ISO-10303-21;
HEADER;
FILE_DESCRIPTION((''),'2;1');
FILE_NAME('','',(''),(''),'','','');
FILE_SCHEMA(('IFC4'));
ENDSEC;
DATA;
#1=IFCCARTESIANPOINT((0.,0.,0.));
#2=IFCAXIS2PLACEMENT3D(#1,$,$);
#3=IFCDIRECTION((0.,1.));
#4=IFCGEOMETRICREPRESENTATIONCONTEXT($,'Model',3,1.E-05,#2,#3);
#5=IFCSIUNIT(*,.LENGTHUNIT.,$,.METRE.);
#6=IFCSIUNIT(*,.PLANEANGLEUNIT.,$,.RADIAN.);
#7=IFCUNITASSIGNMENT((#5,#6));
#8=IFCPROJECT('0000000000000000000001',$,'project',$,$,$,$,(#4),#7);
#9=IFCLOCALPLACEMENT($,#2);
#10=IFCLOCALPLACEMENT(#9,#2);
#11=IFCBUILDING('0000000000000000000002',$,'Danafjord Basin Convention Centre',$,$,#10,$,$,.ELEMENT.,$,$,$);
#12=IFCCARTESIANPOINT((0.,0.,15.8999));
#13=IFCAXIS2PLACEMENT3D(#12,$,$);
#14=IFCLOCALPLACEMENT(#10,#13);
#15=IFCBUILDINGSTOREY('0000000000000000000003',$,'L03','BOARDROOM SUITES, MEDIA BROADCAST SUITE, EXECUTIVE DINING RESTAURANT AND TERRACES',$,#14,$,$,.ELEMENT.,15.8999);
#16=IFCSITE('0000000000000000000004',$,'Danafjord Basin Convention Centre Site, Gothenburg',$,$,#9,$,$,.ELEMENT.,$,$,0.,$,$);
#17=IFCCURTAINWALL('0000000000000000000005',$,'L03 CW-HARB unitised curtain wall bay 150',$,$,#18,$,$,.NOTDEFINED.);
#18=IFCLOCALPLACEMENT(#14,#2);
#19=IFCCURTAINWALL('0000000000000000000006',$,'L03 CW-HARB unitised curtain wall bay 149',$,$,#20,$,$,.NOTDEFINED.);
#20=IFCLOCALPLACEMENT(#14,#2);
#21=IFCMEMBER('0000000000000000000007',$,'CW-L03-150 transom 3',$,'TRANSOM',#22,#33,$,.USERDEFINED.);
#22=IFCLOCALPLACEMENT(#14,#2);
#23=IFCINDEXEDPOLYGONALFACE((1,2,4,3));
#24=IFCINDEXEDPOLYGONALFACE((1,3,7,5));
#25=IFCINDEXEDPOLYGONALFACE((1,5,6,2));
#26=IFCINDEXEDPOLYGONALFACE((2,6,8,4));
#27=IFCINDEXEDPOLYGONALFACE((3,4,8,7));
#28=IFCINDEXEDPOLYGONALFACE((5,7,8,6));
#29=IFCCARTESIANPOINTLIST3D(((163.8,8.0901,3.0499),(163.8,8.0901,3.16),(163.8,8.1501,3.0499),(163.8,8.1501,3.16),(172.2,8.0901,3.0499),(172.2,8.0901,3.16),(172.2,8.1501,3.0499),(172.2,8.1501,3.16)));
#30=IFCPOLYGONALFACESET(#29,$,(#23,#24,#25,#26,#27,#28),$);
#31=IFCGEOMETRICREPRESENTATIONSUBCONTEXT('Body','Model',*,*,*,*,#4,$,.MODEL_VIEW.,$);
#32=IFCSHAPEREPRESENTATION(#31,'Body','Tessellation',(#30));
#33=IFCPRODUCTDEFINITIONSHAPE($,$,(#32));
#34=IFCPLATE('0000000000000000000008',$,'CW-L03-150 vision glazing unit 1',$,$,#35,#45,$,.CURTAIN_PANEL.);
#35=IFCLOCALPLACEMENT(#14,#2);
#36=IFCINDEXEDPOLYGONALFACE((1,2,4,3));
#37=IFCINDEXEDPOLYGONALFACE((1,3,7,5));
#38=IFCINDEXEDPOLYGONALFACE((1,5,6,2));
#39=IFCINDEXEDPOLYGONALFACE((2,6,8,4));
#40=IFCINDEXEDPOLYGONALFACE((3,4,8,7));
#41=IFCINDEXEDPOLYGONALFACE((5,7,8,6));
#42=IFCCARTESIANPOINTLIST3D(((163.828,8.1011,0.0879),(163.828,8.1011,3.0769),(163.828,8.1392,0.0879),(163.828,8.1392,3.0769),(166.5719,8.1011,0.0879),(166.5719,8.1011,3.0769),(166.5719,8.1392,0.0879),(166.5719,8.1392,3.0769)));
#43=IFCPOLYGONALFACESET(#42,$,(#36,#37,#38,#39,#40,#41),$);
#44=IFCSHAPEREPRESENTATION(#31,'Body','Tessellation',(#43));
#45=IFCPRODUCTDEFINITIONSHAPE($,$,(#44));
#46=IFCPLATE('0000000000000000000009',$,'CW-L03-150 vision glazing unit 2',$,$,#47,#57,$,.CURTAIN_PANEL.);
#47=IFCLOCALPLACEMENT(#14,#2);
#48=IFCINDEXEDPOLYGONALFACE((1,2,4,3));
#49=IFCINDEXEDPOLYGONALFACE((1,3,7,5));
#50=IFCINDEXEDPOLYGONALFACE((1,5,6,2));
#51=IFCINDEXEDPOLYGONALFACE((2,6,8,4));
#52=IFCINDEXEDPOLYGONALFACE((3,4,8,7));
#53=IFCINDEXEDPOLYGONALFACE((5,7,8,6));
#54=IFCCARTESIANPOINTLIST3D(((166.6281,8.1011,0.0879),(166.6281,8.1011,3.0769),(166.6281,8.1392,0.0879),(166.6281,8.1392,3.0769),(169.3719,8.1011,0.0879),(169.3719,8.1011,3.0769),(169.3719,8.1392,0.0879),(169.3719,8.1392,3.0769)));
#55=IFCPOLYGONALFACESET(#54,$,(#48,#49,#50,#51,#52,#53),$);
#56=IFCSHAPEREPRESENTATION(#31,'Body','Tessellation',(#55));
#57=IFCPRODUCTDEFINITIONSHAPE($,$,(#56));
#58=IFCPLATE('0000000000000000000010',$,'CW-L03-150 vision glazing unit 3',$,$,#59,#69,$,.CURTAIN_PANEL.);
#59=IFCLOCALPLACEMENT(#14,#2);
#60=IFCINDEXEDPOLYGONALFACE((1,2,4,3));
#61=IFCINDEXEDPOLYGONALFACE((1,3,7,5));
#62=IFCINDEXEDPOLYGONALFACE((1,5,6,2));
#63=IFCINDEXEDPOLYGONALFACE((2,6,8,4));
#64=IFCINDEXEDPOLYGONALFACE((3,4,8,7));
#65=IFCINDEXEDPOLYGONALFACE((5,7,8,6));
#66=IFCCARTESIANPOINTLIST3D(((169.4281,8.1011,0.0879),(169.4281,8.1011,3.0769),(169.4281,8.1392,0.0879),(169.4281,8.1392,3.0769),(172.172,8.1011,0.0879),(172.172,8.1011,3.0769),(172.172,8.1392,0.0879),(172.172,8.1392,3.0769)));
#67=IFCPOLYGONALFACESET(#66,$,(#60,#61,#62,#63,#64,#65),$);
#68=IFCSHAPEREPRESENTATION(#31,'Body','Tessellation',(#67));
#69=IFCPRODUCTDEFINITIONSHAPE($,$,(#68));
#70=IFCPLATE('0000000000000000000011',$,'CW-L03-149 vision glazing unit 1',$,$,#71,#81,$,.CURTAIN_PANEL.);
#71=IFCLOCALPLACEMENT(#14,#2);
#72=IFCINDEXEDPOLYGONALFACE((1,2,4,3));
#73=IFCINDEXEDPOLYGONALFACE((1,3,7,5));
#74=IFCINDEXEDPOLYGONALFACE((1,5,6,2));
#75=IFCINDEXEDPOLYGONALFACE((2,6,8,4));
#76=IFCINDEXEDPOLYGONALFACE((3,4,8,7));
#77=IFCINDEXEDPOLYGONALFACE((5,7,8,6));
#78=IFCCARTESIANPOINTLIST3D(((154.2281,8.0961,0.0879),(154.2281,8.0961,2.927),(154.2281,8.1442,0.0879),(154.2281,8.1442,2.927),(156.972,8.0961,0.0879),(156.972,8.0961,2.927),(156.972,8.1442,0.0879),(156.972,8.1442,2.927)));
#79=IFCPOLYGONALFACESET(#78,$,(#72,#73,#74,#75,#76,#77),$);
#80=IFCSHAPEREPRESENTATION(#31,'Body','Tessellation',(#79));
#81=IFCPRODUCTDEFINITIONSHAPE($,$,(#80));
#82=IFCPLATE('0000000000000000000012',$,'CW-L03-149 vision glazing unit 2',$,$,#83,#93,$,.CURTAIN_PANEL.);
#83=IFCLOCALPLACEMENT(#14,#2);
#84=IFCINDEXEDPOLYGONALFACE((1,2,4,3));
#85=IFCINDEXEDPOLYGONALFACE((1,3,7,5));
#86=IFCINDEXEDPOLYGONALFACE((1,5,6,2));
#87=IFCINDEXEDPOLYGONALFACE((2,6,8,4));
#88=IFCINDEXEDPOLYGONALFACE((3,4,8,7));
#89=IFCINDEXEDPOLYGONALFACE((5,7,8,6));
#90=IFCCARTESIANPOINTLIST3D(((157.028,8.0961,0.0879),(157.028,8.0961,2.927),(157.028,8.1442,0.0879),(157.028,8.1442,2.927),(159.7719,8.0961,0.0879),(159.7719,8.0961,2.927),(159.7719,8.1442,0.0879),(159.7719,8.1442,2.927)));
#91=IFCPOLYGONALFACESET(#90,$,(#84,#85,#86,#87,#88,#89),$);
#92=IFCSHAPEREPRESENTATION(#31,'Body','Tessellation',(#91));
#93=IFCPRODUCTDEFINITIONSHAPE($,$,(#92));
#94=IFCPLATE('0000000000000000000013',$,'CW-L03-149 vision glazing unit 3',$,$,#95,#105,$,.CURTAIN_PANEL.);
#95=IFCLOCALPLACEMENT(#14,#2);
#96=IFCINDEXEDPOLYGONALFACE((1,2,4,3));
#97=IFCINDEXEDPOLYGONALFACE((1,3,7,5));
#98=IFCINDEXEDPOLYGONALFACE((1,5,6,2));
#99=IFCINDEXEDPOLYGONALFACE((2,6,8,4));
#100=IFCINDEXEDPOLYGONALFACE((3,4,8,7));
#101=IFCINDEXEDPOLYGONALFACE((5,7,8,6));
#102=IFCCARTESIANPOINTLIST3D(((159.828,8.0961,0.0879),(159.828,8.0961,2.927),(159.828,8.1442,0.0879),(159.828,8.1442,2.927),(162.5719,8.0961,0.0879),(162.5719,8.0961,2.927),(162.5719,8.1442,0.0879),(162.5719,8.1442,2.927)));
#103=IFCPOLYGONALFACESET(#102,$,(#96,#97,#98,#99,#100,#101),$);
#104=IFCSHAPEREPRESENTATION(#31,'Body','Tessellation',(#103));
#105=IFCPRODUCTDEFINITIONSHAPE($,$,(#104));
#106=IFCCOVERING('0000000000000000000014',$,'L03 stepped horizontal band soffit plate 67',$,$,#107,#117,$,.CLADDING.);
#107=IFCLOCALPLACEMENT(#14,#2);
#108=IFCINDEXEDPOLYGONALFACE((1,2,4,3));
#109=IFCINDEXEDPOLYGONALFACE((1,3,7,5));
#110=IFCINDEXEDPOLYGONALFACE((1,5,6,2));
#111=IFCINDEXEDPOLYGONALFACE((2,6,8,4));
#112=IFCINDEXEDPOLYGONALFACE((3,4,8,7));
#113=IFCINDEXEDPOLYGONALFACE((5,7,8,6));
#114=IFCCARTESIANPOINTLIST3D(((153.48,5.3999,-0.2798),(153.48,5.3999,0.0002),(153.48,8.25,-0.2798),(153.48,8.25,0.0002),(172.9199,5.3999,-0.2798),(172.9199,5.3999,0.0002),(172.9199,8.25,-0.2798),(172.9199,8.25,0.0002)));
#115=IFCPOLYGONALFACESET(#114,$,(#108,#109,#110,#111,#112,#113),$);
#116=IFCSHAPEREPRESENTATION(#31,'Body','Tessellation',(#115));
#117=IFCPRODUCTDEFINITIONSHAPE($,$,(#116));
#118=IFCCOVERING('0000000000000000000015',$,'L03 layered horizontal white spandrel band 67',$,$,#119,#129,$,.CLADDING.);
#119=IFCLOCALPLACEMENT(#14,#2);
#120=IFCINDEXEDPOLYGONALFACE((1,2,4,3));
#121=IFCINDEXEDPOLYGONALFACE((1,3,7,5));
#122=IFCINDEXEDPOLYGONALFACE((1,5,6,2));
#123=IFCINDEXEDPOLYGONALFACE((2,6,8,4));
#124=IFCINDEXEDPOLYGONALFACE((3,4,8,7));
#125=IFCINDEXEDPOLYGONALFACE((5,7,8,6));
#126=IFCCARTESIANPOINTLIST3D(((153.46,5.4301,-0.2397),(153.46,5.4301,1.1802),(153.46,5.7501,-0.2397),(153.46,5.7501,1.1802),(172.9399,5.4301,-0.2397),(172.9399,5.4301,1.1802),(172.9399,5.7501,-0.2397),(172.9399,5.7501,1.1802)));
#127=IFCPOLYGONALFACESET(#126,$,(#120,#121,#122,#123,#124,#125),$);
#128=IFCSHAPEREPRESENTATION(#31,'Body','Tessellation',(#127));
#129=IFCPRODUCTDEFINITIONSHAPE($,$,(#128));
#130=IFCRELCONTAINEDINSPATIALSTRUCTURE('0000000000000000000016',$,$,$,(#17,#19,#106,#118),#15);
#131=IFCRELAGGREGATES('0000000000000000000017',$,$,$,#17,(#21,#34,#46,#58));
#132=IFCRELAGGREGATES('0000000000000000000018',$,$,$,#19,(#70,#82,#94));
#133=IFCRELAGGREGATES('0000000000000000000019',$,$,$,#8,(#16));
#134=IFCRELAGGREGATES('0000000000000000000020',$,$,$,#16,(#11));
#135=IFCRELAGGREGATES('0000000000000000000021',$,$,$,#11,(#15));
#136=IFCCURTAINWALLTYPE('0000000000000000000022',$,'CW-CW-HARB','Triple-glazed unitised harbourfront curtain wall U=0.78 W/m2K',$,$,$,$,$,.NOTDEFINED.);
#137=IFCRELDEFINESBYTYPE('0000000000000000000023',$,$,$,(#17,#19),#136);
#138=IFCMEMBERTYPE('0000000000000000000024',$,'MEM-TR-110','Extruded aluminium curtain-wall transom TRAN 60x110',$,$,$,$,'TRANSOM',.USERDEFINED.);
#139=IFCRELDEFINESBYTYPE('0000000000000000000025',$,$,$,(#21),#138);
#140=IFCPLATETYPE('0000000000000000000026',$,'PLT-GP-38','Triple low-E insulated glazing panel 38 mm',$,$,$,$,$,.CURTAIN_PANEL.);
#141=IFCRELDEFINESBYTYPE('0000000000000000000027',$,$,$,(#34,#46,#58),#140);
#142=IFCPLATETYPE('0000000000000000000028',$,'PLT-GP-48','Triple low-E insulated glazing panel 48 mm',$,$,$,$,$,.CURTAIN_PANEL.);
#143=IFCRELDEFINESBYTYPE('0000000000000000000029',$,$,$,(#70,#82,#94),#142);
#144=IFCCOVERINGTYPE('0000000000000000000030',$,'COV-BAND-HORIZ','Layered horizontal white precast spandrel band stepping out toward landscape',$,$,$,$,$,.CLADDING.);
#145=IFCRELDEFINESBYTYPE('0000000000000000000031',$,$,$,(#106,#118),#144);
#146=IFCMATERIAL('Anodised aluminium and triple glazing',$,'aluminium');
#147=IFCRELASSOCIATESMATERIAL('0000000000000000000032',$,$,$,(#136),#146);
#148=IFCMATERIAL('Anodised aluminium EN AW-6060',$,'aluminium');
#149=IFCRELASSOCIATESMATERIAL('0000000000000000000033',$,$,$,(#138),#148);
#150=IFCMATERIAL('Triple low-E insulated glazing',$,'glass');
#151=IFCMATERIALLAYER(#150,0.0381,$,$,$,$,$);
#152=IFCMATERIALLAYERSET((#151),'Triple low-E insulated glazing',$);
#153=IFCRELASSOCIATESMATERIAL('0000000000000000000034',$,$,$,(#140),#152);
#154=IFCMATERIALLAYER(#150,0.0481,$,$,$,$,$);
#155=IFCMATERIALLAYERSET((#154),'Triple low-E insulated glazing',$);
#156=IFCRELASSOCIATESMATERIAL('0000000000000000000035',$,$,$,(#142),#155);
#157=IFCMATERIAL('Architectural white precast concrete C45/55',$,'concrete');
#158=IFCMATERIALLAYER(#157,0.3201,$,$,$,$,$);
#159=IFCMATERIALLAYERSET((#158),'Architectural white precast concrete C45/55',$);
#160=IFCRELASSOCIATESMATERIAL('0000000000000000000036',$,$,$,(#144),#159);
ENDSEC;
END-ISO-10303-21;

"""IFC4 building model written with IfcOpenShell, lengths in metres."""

from ifc_helpers import new_model, si_unit, direction, frame, origin, origin_2d, place, context, subcontext, project, spatial, rectangle, extrude, material, layer, layer_set, material_profile, profile_set, type_object, element, aggregate, save


model = new_model("IFC4")

# Units and contexts
model_context = context("Model", 3, precision=1e-05, world=origin(), true_north=direction((0.0, 1.0)))
body_context = subcontext(model_context, "Body", "Model", "MODEL_VIEW")
ifc_project = project(units=[si_unit("LENGTHUNIT", "METRE"), si_unit("PLANEANGLEUNIT", "RADIAN")], contexts=[model_context])

# Site, building, storey
site_placement = place(None, origin())
site = spatial("IfcSite", under=ifc_project, at=site_placement, Name="Danafjord Basin Convention Centre Site, Gothenburg", CompositionType="ELEMENT", RefElevation=0.0)
building_placement = place(site_placement, origin())
building = spatial("IfcBuilding", under=site, at=building_placement, Name="Danafjord Basin Convention Centre", CompositionType="ELEMENT")
storey_placement = place(building_placement, frame((0.0, 0.0, 15.8999)))
storey = spatial("IfcBuildingStorey", under=building, at=storey_placement, Name="L03", Description="BOARDROOM SUITES, MEDIA BROADCAST SUITE, EXECUTIVE DINING RESTAURANT AND TERRACES", CompositionType="ELEMENT", Elevation=15.8999)

# Curtain walls
ifc_material_1 = material(Name="Anodised aluminium and triple glazing", Category="aluminium")
curtain_wall_type = type_object("IfcCurtainWallType", Name="CW-CW-HARB", Description="Triple-glazed unitised harbourfront curtain wall U=0.78 W/m2K", PredefinedType="NOTDEFINED", material=ifc_material_1)
curtain_wall_1_placement = place(storey_placement, origin())
curtain_wall_1 = element("IfcCurtainWall", 1, at=curtain_wall_1_placement, inside=storey, type_object=curtain_wall_type, Name="L03 CW-HARB unitised curtain wall bay 150", PredefinedType="NOTDEFINED")
ifc_material_2 = material(Name="Anodised aluminium EN AW-6060", Category="aluminium")
curtain_wall_2_placement = place(storey_placement, origin())
curtain_wall_2 = element("IfcCurtainWall", 2, at=curtain_wall_2_placement, inside=storey, type_object=curtain_wall_type, Name="L03 CW-HARB unitised curtain wall bay 149", PredefinedType="NOTDEFINED")

# Member
ifc_material_profile_1 = material_profile(ifc_material_2, rectangle(XDim=0.0601, YDim=0.1101, at=origin_2d()), Name="TRAN 60x110")
ifc_profile_set_1 = profile_set([ifc_material_profile_1], Name="Anodised aluminium EN AW-6060")
member_type_1 = type_object("IfcMemberType", Name="MEM-TR-110", Description="Extruded aluminium curtain-wall transom TRAN 60x110", ElementType="TRANSOM", PredefinedType="USERDEFINED", material=ifc_profile_set_1)
member_1_placement = place(storey_placement, frame((163.8, 8.1201, 3.105), z_axis=(1.0, 0.0, 0.0), x_axis=(0.0, 1.0, 0.0)))
member_1 = element("IfcMember", 3, at=member_1_placement, type_object=member_type_1, Name="CW-L03-150 transom 3", ObjectType="TRANSOM", PredefinedType="USERDEFINED", context=body_context, shape_type="SweptSolid", body=[
    extrude(rectangle(XDim=0.0601, YDim=0.1101, at=origin_2d()), origin(), (0.0, 0.0, 1.0), 8.3999),
])

# Plates
ifc_material_3 = material(Name="Triple low-E insulated glazing", Category="glass")
ifc_layer_1 = layer(ifc_material_3, 0.0381)
ifc_layer_set_1 = layer_set([ifc_layer_1], Name="Triple low-E insulated glazing")
plate_type_1 = type_object("IfcPlateType", Name="PLT-GP-38", Description="Triple low-E insulated glazing panel 38 mm", PredefinedType="CURTAIN_PANEL", material=ifc_layer_set_1)
plate_1_placement = place(storey_placement, frame((165.2, 8.1201, 0.0879), z_axis=(0.0, 0.0, 1.0), x_axis=(1.0, 0.0, 0.0)))
plate_1 = element("IfcPlate", 4, at=plate_1_placement, type_object=plate_type_1, Name="CW-L03-150 vision glazing unit 1", PredefinedType="CURTAIN_PANEL", context=body_context, shape_type="SweptSolid", body=[
    extrude(rectangle(XDim=2.7439, YDim=0.0381, at=origin_2d()), origin(), (0.0, 0.0, 1.0), 2.989),
])
plate_2_placement = place(storey_placement, frame((168.0, 8.1201, 0.0879), z_axis=(0.0, 0.0, 1.0), x_axis=(1.0, 0.0, 0.0)))
plate_2 = element("IfcPlate", 5, at=plate_2_placement, type_object=plate_type_1, Name="CW-L03-150 vision glazing unit 2", PredefinedType="CURTAIN_PANEL", context=body_context, shape_type="SweptSolid", body=[
    extrude(rectangle(XDim=2.7439, YDim=0.0381, at=origin_2d()), origin(), (0.0, 0.0, 1.0), 2.989),
])
plate_3_placement = place(storey_placement, frame((170.8, 8.1201, 0.0879), z_axis=(0.0, 0.0, 1.0), x_axis=(1.0, 0.0, 0.0)))
plate_3 = element("IfcPlate", 6, at=plate_3_placement, type_object=plate_type_1, Name="CW-L03-150 vision glazing unit 3", PredefinedType="CURTAIN_PANEL", context=body_context, shape_type="SweptSolid", body=[
    extrude(rectangle(XDim=2.7439, YDim=0.0381, at=origin_2d()), origin(), (0.0, 0.0, 1.0), 2.989),
])
aggregate(curtain_wall_1, [member_1, plate_1, plate_2, plate_3])
ifc_layer_2 = layer(ifc_material_3, 0.0481)
ifc_layer_set_2 = layer_set([ifc_layer_2], Name="Triple low-E insulated glazing")
plate_type_2 = type_object("IfcPlateType", Name="PLT-GP-48", Description="Triple low-E insulated glazing panel 48 mm", PredefinedType="CURTAIN_PANEL", material=ifc_layer_set_2)
plate_4_placement = place(storey_placement, frame((155.6001, 8.1201, 0.0879), z_axis=(0.0, 0.0, 1.0), x_axis=(1.0, 0.0, 0.0)))
plate_4 = element("IfcPlate", 7, at=plate_4_placement, type_object=plate_type_2, Name="CW-L03-149 vision glazing unit 1", PredefinedType="CURTAIN_PANEL", context=body_context, shape_type="SweptSolid", body=[
    extrude(rectangle(XDim=2.7439, YDim=0.0481, at=origin_2d()), origin(), (0.0, 0.0, 1.0), 2.8391),
])
plate_5_placement = place(storey_placement, frame((158.3999, 8.1201, 0.0879), z_axis=(0.0, 0.0, 1.0), x_axis=(1.0, 0.0, 0.0)))
plate_5 = element("IfcPlate", 8, at=plate_5_placement, type_object=plate_type_2, Name="CW-L03-149 vision glazing unit 2", PredefinedType="CURTAIN_PANEL", context=body_context, shape_type="SweptSolid", body=[
    extrude(rectangle(XDim=2.7439, YDim=0.0481, at=origin_2d()), origin(), (0.0, 0.0, 1.0), 2.8391),
])
plate_6_placement = place(storey_placement, frame((161.2, 8.1201, 0.0879), z_axis=(0.0, 0.0, 1.0), x_axis=(1.0, 0.0, 0.0)))
plate_6 = element("IfcPlate", 9, at=plate_6_placement, type_object=plate_type_2, Name="CW-L03-149 vision glazing unit 3", PredefinedType="CURTAIN_PANEL", context=body_context, shape_type="SweptSolid", body=[
    extrude(rectangle(XDim=2.7439, YDim=0.0481, at=origin_2d()), origin(), (0.0, 0.0, 1.0), 2.8391),
])
aggregate(curtain_wall_2, [plate_4, plate_5, plate_6])

# Coverings
ifc_material_4 = material(Name="Architectural white precast concrete C45/55", Category="concrete")
ifc_layer_3 = layer(ifc_material_4, 0.3201)
ifc_layer_set_3 = layer_set([ifc_layer_3], Name="Architectural white precast concrete C45/55")
covering_type = type_object("IfcCoveringType", Name="COV-BAND-HORIZ", Description="Layered horizontal white precast spandrel band stepping out toward landscape", PredefinedType="CLADDING", material=ifc_layer_set_3)
covering_1_placement = place(storey_placement, frame((163.2, 6.825, -0.2798), z_axis=(0.0, 0.0, 1.0), x_axis=(1.0, 0.0, 0.0)))
element("IfcCovering", 10, at=covering_1_placement, inside=storey, type_object=covering_type, Name="L03 stepped horizontal band soffit plate 67", PredefinedType="CLADDING", context=body_context, shape_type="SweptSolid", body=[
    extrude(rectangle(XDim=19.4399, YDim=2.8501, at=origin_2d()), origin(), (0.0, 0.0, 1.0), 0.28),
])
covering_2_placement = place(storey_placement, frame((163.2, 5.5901, -0.2397), z_axis=(0.0, 0.0, 1.0), x_axis=(1.0, 0.0, 0.0)))
element("IfcCovering", 11, at=covering_2_placement, inside=storey, type_object=covering_type, Name="L03 layered horizontal white spandrel band 67", PredefinedType="CLADDING", context=body_context, shape_type="SweptSolid", body=[
    extrude(rectangle(XDim=19.48, YDim=0.3201, at=origin_2d()), origin(), (0.0, 0.0, 1.0), 1.4199),
])

save(model, "model.ifc")
